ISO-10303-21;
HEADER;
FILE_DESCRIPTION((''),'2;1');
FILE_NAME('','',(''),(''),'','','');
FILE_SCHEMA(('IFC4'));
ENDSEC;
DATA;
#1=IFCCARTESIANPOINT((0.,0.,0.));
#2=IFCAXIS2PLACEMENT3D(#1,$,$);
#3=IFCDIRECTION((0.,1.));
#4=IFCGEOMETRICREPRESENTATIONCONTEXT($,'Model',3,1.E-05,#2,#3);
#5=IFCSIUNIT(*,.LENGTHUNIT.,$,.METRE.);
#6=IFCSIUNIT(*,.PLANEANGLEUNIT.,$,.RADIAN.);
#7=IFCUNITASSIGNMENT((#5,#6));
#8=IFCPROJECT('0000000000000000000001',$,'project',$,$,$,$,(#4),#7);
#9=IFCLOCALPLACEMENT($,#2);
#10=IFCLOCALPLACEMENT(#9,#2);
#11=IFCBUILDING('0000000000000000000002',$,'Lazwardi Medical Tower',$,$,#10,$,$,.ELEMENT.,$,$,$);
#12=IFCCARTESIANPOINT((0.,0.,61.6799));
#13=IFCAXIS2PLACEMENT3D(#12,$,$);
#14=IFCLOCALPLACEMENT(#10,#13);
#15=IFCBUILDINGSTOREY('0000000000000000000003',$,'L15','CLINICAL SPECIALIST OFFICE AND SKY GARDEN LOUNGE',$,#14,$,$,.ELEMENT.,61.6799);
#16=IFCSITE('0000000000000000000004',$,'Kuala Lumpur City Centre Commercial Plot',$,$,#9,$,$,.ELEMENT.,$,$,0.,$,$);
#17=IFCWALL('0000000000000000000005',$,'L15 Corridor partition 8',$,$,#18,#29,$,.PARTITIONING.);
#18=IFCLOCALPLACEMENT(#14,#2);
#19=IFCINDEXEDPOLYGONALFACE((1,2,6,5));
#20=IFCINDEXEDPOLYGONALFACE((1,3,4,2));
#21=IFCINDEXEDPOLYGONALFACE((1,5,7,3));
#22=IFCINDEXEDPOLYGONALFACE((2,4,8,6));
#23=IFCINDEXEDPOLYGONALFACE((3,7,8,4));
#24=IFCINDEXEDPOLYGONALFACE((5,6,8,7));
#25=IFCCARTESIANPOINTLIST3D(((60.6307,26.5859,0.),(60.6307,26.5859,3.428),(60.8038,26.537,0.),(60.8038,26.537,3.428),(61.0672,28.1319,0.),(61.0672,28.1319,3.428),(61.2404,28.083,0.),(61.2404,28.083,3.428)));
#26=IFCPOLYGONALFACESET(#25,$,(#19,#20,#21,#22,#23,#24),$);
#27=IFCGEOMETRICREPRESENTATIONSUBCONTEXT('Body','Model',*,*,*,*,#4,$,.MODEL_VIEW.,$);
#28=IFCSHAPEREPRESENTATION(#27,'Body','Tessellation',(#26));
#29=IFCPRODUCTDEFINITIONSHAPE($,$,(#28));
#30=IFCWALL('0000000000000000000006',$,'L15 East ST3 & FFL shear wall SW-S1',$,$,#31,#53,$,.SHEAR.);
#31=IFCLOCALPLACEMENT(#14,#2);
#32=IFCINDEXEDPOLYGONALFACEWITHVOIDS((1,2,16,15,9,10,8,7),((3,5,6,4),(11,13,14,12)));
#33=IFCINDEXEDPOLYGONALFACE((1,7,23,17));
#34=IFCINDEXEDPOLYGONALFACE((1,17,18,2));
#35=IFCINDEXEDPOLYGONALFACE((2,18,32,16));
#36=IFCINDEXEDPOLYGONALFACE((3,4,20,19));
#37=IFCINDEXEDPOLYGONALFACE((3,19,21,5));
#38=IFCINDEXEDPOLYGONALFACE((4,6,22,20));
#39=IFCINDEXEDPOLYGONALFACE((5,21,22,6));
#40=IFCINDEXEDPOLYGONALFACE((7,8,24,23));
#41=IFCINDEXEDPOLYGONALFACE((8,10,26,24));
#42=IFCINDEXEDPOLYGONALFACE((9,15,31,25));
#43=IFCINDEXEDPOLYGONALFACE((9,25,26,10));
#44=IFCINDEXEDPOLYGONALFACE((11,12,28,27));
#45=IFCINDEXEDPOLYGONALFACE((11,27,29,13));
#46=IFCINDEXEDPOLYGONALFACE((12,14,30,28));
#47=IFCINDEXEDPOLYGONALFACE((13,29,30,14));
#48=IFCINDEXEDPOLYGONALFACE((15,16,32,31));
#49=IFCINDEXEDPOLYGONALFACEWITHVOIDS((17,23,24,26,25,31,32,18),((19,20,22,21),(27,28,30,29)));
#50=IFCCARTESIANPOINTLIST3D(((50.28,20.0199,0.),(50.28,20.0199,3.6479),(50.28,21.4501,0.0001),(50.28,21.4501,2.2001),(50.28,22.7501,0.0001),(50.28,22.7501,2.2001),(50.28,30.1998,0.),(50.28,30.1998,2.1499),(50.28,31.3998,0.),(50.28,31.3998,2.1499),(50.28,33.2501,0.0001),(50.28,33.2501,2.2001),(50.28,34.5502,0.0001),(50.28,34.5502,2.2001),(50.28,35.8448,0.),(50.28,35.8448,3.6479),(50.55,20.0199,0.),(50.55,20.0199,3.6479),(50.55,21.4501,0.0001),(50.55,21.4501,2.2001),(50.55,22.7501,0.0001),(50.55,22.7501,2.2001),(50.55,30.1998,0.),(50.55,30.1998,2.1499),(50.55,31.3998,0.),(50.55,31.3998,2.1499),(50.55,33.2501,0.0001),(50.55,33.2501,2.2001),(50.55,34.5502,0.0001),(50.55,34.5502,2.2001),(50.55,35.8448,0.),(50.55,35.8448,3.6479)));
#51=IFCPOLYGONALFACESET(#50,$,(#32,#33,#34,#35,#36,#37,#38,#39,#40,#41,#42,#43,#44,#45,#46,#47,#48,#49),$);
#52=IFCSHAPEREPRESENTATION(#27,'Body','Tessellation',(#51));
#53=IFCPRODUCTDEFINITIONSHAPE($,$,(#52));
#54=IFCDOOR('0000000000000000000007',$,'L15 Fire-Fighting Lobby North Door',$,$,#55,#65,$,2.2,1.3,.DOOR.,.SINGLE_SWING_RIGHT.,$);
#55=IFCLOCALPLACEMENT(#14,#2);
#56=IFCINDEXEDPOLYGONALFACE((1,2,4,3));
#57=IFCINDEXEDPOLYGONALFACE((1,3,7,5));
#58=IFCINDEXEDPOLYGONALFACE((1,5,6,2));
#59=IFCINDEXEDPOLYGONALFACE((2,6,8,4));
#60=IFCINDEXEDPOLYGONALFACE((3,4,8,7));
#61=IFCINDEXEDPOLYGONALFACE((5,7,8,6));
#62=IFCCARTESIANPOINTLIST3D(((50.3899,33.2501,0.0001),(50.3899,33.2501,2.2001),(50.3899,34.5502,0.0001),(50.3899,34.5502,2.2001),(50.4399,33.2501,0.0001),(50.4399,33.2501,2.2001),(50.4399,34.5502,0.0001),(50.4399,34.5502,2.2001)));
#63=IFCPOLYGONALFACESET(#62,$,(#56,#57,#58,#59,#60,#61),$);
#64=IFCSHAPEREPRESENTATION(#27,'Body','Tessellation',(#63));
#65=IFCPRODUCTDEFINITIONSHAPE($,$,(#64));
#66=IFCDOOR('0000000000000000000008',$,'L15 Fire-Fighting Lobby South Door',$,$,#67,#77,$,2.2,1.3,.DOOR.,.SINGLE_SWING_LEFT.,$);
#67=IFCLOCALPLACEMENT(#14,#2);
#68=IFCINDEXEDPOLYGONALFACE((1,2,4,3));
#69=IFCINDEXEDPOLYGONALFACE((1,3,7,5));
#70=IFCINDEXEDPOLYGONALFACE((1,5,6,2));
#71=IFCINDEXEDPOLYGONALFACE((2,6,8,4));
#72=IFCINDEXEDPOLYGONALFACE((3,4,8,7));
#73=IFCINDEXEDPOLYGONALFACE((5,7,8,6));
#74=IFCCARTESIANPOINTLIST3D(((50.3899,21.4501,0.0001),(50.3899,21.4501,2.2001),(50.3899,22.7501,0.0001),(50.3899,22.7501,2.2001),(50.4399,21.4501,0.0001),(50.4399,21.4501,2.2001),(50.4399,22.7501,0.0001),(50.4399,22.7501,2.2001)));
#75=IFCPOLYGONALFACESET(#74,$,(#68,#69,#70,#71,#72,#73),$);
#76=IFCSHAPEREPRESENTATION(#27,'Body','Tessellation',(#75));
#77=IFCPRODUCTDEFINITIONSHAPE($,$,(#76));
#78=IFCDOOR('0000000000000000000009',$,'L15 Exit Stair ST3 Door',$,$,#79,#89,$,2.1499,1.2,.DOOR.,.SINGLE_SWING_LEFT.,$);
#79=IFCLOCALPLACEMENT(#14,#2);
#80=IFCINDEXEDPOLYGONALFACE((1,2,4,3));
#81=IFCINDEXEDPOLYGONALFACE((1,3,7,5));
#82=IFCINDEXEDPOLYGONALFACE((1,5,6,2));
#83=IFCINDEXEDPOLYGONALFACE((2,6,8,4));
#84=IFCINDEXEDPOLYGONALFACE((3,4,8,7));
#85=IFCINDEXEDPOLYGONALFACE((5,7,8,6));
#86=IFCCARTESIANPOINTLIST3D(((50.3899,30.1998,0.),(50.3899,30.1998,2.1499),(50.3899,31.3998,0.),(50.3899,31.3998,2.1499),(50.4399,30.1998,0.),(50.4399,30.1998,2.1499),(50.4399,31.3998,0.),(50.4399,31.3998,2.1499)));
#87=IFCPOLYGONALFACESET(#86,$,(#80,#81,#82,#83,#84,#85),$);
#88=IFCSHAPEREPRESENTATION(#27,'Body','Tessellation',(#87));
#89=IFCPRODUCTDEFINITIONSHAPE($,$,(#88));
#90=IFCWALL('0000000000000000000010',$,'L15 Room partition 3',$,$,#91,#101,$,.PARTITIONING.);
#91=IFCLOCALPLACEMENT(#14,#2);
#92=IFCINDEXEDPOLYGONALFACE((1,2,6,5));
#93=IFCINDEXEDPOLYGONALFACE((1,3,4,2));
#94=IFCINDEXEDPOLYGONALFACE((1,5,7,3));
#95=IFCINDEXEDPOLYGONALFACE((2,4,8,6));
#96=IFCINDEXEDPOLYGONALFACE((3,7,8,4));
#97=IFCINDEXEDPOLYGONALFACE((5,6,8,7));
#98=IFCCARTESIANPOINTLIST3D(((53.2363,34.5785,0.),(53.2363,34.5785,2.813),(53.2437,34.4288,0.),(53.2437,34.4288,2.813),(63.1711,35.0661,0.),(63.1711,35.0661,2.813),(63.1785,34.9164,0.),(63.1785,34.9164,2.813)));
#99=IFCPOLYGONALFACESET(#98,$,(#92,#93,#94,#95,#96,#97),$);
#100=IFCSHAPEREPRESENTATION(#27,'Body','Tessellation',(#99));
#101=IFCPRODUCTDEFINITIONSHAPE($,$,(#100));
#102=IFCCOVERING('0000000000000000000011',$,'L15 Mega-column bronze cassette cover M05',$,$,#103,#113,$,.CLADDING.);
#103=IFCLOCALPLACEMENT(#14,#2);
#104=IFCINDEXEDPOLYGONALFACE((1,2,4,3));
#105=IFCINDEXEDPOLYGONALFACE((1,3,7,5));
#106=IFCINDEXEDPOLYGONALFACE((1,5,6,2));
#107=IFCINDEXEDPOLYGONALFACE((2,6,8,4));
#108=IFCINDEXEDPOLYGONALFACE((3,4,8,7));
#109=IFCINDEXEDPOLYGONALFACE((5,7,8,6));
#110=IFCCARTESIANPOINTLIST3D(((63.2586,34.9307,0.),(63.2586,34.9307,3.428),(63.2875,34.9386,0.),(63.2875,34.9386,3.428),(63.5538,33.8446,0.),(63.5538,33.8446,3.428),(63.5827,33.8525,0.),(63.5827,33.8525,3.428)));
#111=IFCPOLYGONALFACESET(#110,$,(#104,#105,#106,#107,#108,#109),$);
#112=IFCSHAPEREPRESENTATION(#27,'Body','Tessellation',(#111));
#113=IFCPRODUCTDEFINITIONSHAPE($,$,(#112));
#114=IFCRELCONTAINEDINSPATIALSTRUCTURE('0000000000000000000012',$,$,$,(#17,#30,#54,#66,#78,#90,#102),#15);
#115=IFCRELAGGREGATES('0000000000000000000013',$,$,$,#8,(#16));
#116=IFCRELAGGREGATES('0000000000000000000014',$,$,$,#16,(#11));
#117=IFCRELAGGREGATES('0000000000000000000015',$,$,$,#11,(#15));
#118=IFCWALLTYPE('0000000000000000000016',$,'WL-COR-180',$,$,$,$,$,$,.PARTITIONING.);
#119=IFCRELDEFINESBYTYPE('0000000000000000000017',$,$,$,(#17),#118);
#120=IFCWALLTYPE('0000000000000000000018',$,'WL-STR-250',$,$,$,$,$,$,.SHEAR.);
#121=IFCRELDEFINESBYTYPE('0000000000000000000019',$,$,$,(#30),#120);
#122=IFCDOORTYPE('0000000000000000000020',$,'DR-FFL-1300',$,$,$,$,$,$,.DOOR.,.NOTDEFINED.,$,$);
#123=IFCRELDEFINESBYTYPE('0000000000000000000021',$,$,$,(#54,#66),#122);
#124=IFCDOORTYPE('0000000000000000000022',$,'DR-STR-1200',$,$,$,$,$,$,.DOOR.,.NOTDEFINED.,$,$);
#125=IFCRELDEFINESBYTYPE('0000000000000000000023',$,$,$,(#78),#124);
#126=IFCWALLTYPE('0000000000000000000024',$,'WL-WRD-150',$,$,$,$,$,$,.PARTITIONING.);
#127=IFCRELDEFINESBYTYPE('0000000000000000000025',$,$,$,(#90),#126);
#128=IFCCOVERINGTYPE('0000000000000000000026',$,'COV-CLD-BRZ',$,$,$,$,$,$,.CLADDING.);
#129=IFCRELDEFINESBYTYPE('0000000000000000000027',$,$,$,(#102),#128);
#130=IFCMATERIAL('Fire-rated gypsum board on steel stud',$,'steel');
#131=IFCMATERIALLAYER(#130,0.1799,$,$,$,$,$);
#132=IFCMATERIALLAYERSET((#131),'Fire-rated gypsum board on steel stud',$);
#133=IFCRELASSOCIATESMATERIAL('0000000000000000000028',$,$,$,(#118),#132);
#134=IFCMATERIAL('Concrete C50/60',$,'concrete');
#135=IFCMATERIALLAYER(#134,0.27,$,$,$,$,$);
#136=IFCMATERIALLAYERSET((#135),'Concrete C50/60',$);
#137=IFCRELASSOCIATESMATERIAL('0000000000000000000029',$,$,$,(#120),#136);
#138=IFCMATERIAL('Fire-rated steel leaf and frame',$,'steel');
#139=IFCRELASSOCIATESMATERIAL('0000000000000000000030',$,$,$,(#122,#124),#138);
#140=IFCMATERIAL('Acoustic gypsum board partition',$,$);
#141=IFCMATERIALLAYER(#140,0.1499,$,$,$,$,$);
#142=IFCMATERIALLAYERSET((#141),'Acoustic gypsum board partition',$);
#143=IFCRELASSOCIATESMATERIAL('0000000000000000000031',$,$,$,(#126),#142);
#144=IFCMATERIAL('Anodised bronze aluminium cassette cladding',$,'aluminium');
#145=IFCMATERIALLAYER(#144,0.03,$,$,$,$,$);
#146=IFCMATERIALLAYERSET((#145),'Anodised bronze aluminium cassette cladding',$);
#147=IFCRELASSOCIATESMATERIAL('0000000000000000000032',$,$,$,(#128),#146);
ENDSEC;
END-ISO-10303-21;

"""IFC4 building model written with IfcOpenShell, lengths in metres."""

from ifc_helpers import new_model, si_unit, direction, frame, frame_2d, origin, origin_2d, place, context, subcontext, project, spatial, rectangle, extrude, material, layer, layer_set, type_object, element, fill, save


model = new_model("IFC4")

# Units and contexts
model_context = context("Model", 3, precision=1e-05, world=origin(), true_north=direction((0.0, 1.0)))
body_context = subcontext(model_context, "Body", "Model", "MODEL_VIEW")
ifc_project = project(units=[si_unit("LENGTHUNIT", "METRE"), si_unit("PLANEANGLEUNIT", "RADIAN")], contexts=[model_context])

# Site, building, storey
site_placement = place(None, origin())
site = spatial("IfcSite", under=ifc_project, at=site_placement, Name="Kuala Lumpur City Centre Commercial Plot", CompositionType="ELEMENT", RefElevation=0.0)
building_placement = place(site_placement, origin())
building = spatial("IfcBuilding", under=site, at=building_placement, Name="Lazwardi Medical Tower", CompositionType="ELEMENT")
storey_placement = place(building_placement, frame((0.0, 0.0, 61.6799)))
storey = spatial("IfcBuildingStorey", under=building, at=storey_placement, Name="L15", Description="CLINICAL SPECIALIST OFFICE AND SKY GARDEN LOUNGE", CompositionType="ELEMENT", Elevation=61.6799)

# Shared definitions
ifc_material_1 = material(Name="Fire-rated gypsum board on steel stud", Category="steel")
ifc_layer_1 = layer(ifc_material_1, 0.1799)
ifc_layer_set_1 = layer_set([ifc_layer_1], Name="Fire-rated gypsum board on steel stud")
wall_type_1 = type_object("IfcWallType", Name="WL-COR-180", PredefinedType="PARTITIONING", material=ifc_layer_set_1)

# Wall
wall_1_placement = place(storey_placement, frame((61.1538, 28.1074, 0.0), z_axis=(0.0, 0.0, 1.0), x_axis=(-0.271749, -0.962368, 0.0)))
element("IfcWall", 1, at=wall_1_placement, inside=storey, type_object=wall_type_1, Name="L15 Corridor partition 8", PredefinedType="PARTITIONING", context=body_context, shape_type="SweptSolid", body=[
    extrude(rectangle(XDim=1.6064, YDim=0.1799, at=frame_2d((0.8032, 0.0))), origin(), (0.0, 0.0, 1.0), 3.428),
])

# Wall, openings, doors
ifc_material_2 = material(Name="Concrete C50/60", Category="concrete")
ifc_layer_2 = layer(ifc_material_2, 0.27)
ifc_layer_set_2 = layer_set([ifc_layer_2], Name="Concrete C50/60")
wall_type_2 = type_object("IfcWallType", Name="WL-STR-250", PredefinedType="SHEAR", material=ifc_layer_set_2)
wall_2_placement = place(storey_placement, frame((50.415, 35.845, 0.0), z_axis=(0.0, 0.0, 1.0), x_axis=(0.0, -1.0, 0.0)))
wall_2 = element("IfcWall", 2, at=wall_2_placement, inside=storey, type_object=wall_type_2, Name="L15 East ST3 & FFL shear wall SW-S1", PredefinedType="SHEAR", context=body_context, shape_type="SweptSolid", body=[
    extrude(rectangle(XDim=15.825, YDim=0.27, at=frame_2d((7.9126, 0.0))), origin(), (0.0, 0.0, 1.0), 3.6479),
])
opening_1_placement = place(wall_2_placement, frame((4.4451, 0.0, 0.0)))
opening_1 = element("IfcOpeningElement", 3, at=opening_1_placement, cuts=wall_2, PredefinedType="OPENING", context=body_context, shape_type="SweptSolid", body=[
    extrude(rectangle(XDim=1.2, YDim=2.1499, at=frame_2d((0.6001, 1.075))), frame((0.0, 0.145, 0.0), z_axis=(0.0, -1.0, 0.0), x_axis=(1.0, 0.0, 0.0)), (0.0, 0.0, 1.0), 0.29),
])
opening_2_placement = place(wall_2_placement, frame((1.2949, 0.0, 0.0)))
opening_2 = element("IfcOpeningElement", 4, at=opening_2_placement, cuts=wall_2, PredefinedType="OPENING", context=body_context, shape_type="SweptSolid", body=[
    extrude(rectangle(XDim=1.3, YDim=2.2, at=frame_2d((0.6499, 1.1001))), frame((0.0, 0.145, 0.0), z_axis=(0.0, -1.0, 0.0), x_axis=(1.0, 0.0, 0.0)), (0.0, 0.0, 1.0), 0.29),
])
opening_3_placement = place(wall_2_placement, frame((13.095, 0.0, 0.0)))
opening_3 = element("IfcOpeningElement", 5, at=opening_3_placement, cuts=wall_2, PredefinedType="OPENING", context=body_context, shape_type="SweptSolid", body=[
    extrude(rectangle(XDim=1.3, YDim=2.2, at=frame_2d((0.6499, 1.1001))), frame((0.0, 0.145, 0.0), z_axis=(0.0, -1.0, 0.0), x_axis=(1.0, 0.0, 0.0)), (0.0, 0.0, 1.0), 0.29),
])
ifc_material_3 = material(Name="Fire-rated steel leaf and frame", Category="steel")
door_type_1 = type_object("IfcDoorType", Name="DR-FFL-1300", OperationType="NOTDEFINED", PredefinedType="DOOR", material=ifc_material_3)
door_1_placement = place(opening_2_placement, origin())
door_1 = element("IfcDoor", 6, at=door_1_placement, inside=storey, type_object=door_type_1, Name="L15 Fire-Fighting Lobby North Door", OperationType="SINGLE_SWING_RIGHT", OverallHeight=2.2, OverallWidth=1.3, PredefinedType="DOOR", context=body_context, shape_type="SweptSolid", body=[
    extrude(rectangle(XDim=1.3, YDim=2.2, at=frame_2d((0.6499, 1.1001))), frame((0.0, 0.0249, 0.0), z_axis=(0.0, -1.0, 0.0), x_axis=(1.0, 0.0, 0.0)), (0.0, 0.0, 1.0), 0.05),
])
fill(opening_2, door_1)
door_2_placement = place(opening_3_placement, origin())
door_2 = element("IfcDoor", 7, at=door_2_placement, inside=storey, type_object=door_type_1, Name="L15 Fire-Fighting Lobby South Door", OperationType="SINGLE_SWING_LEFT", OverallHeight=2.2, OverallWidth=1.3, PredefinedType="DOOR", context=body_context, shape_type="SweptSolid", body=[
    extrude(rectangle(XDim=1.3, YDim=2.2, at=frame_2d((0.6499, 1.1001))), frame((0.0, 0.0249, 0.0), z_axis=(0.0, -1.0, 0.0), x_axis=(1.0, 0.0, 0.0)), (0.0, 0.0, 1.0), 0.05),
])
fill(opening_3, door_2)
door_type_2 = type_object("IfcDoorType", Name="DR-STR-1200", OperationType="NOTDEFINED", PredefinedType="DOOR", material=ifc_material_3)
door_3_placement = place(opening_1_placement, origin())
door_3 = element("IfcDoor", 8, at=door_3_placement, inside=storey, type_object=door_type_2, Name="L15 Exit Stair ST3 Door", OperationType="SINGLE_SWING_LEFT", OverallHeight=2.1499, OverallWidth=1.2, PredefinedType="DOOR", context=body_context, shape_type="SweptSolid", body=[
    extrude(rectangle(XDim=1.2, YDim=2.1499, at=frame_2d((0.6001, 1.075))), frame((0.0, 0.0249, 0.0), z_axis=(0.0, -1.0, 0.0), x_axis=(1.0, 0.0, 0.0)), (0.0, 0.0, 1.0), 0.05),
])
fill(opening_1, door_3)

# Wall
ifc_material_4 = material(Name="Acoustic gypsum board partition")
ifc_layer_3 = layer(ifc_material_4, 0.1499)
ifc_layer_set_3 = layer_set([ifc_layer_3], Name="Acoustic gypsum board partition")
wall_type_3 = type_object("IfcWallType", Name="WL-WRD-150", PredefinedType="PARTITIONING", material=ifc_layer_set_3)
wall_3_placement = place(storey_placement, frame((53.24, 34.5037, 0.0), z_axis=(0.0, 0.0, 1.0), x_axis=(0.998798, 0.049016, 0.0)))
element("IfcWall", 9, at=wall_3_placement, inside=storey, type_object=wall_type_3, Name="L15 Room partition 3", PredefinedType="PARTITIONING", context=body_context, shape_type="SweptSolid", body=[
    extrude(rectangle(XDim=9.9468, YDim=0.1499, at=frame_2d((4.9734, 0.0))), origin(), (0.0, 0.0, 1.0), 2.813),
])

# Covering
ifc_material_5 = material(Name="Anodised bronze aluminium cassette cladding", Category="aluminium")
ifc_layer_4 = layer(ifc_material_5, 0.03)
ifc_layer_set_4 = layer_set([ifc_layer_4], Name="Anodised bronze aluminium cassette cladding")
covering_type = type_object("IfcCoveringType", Name="COV-CLD-BRZ", PredefinedType="CLADDING", material=ifc_layer_set_4)
covering_placement = place(storey_placement, frame((63.4207, 34.3916, 0.0), z_axis=(0.0, 0.0, 1.0), x_axis=(-0.262283, 0.964991, 0.0)))
element("IfcCovering", 10, at=covering_placement, inside=storey, type_object=covering_type, Name="L15 Mega-column bronze cassette cover M05", PredefinedType="CLADDING", context=body_context, shape_type="SweptSolid", body=[
    extrude(rectangle(XDim=1.1255, YDim=0.03, at=origin_2d()), origin(), (0.0, 0.0, 1.0), 3.428),
])

save(model, "model.ifc")
